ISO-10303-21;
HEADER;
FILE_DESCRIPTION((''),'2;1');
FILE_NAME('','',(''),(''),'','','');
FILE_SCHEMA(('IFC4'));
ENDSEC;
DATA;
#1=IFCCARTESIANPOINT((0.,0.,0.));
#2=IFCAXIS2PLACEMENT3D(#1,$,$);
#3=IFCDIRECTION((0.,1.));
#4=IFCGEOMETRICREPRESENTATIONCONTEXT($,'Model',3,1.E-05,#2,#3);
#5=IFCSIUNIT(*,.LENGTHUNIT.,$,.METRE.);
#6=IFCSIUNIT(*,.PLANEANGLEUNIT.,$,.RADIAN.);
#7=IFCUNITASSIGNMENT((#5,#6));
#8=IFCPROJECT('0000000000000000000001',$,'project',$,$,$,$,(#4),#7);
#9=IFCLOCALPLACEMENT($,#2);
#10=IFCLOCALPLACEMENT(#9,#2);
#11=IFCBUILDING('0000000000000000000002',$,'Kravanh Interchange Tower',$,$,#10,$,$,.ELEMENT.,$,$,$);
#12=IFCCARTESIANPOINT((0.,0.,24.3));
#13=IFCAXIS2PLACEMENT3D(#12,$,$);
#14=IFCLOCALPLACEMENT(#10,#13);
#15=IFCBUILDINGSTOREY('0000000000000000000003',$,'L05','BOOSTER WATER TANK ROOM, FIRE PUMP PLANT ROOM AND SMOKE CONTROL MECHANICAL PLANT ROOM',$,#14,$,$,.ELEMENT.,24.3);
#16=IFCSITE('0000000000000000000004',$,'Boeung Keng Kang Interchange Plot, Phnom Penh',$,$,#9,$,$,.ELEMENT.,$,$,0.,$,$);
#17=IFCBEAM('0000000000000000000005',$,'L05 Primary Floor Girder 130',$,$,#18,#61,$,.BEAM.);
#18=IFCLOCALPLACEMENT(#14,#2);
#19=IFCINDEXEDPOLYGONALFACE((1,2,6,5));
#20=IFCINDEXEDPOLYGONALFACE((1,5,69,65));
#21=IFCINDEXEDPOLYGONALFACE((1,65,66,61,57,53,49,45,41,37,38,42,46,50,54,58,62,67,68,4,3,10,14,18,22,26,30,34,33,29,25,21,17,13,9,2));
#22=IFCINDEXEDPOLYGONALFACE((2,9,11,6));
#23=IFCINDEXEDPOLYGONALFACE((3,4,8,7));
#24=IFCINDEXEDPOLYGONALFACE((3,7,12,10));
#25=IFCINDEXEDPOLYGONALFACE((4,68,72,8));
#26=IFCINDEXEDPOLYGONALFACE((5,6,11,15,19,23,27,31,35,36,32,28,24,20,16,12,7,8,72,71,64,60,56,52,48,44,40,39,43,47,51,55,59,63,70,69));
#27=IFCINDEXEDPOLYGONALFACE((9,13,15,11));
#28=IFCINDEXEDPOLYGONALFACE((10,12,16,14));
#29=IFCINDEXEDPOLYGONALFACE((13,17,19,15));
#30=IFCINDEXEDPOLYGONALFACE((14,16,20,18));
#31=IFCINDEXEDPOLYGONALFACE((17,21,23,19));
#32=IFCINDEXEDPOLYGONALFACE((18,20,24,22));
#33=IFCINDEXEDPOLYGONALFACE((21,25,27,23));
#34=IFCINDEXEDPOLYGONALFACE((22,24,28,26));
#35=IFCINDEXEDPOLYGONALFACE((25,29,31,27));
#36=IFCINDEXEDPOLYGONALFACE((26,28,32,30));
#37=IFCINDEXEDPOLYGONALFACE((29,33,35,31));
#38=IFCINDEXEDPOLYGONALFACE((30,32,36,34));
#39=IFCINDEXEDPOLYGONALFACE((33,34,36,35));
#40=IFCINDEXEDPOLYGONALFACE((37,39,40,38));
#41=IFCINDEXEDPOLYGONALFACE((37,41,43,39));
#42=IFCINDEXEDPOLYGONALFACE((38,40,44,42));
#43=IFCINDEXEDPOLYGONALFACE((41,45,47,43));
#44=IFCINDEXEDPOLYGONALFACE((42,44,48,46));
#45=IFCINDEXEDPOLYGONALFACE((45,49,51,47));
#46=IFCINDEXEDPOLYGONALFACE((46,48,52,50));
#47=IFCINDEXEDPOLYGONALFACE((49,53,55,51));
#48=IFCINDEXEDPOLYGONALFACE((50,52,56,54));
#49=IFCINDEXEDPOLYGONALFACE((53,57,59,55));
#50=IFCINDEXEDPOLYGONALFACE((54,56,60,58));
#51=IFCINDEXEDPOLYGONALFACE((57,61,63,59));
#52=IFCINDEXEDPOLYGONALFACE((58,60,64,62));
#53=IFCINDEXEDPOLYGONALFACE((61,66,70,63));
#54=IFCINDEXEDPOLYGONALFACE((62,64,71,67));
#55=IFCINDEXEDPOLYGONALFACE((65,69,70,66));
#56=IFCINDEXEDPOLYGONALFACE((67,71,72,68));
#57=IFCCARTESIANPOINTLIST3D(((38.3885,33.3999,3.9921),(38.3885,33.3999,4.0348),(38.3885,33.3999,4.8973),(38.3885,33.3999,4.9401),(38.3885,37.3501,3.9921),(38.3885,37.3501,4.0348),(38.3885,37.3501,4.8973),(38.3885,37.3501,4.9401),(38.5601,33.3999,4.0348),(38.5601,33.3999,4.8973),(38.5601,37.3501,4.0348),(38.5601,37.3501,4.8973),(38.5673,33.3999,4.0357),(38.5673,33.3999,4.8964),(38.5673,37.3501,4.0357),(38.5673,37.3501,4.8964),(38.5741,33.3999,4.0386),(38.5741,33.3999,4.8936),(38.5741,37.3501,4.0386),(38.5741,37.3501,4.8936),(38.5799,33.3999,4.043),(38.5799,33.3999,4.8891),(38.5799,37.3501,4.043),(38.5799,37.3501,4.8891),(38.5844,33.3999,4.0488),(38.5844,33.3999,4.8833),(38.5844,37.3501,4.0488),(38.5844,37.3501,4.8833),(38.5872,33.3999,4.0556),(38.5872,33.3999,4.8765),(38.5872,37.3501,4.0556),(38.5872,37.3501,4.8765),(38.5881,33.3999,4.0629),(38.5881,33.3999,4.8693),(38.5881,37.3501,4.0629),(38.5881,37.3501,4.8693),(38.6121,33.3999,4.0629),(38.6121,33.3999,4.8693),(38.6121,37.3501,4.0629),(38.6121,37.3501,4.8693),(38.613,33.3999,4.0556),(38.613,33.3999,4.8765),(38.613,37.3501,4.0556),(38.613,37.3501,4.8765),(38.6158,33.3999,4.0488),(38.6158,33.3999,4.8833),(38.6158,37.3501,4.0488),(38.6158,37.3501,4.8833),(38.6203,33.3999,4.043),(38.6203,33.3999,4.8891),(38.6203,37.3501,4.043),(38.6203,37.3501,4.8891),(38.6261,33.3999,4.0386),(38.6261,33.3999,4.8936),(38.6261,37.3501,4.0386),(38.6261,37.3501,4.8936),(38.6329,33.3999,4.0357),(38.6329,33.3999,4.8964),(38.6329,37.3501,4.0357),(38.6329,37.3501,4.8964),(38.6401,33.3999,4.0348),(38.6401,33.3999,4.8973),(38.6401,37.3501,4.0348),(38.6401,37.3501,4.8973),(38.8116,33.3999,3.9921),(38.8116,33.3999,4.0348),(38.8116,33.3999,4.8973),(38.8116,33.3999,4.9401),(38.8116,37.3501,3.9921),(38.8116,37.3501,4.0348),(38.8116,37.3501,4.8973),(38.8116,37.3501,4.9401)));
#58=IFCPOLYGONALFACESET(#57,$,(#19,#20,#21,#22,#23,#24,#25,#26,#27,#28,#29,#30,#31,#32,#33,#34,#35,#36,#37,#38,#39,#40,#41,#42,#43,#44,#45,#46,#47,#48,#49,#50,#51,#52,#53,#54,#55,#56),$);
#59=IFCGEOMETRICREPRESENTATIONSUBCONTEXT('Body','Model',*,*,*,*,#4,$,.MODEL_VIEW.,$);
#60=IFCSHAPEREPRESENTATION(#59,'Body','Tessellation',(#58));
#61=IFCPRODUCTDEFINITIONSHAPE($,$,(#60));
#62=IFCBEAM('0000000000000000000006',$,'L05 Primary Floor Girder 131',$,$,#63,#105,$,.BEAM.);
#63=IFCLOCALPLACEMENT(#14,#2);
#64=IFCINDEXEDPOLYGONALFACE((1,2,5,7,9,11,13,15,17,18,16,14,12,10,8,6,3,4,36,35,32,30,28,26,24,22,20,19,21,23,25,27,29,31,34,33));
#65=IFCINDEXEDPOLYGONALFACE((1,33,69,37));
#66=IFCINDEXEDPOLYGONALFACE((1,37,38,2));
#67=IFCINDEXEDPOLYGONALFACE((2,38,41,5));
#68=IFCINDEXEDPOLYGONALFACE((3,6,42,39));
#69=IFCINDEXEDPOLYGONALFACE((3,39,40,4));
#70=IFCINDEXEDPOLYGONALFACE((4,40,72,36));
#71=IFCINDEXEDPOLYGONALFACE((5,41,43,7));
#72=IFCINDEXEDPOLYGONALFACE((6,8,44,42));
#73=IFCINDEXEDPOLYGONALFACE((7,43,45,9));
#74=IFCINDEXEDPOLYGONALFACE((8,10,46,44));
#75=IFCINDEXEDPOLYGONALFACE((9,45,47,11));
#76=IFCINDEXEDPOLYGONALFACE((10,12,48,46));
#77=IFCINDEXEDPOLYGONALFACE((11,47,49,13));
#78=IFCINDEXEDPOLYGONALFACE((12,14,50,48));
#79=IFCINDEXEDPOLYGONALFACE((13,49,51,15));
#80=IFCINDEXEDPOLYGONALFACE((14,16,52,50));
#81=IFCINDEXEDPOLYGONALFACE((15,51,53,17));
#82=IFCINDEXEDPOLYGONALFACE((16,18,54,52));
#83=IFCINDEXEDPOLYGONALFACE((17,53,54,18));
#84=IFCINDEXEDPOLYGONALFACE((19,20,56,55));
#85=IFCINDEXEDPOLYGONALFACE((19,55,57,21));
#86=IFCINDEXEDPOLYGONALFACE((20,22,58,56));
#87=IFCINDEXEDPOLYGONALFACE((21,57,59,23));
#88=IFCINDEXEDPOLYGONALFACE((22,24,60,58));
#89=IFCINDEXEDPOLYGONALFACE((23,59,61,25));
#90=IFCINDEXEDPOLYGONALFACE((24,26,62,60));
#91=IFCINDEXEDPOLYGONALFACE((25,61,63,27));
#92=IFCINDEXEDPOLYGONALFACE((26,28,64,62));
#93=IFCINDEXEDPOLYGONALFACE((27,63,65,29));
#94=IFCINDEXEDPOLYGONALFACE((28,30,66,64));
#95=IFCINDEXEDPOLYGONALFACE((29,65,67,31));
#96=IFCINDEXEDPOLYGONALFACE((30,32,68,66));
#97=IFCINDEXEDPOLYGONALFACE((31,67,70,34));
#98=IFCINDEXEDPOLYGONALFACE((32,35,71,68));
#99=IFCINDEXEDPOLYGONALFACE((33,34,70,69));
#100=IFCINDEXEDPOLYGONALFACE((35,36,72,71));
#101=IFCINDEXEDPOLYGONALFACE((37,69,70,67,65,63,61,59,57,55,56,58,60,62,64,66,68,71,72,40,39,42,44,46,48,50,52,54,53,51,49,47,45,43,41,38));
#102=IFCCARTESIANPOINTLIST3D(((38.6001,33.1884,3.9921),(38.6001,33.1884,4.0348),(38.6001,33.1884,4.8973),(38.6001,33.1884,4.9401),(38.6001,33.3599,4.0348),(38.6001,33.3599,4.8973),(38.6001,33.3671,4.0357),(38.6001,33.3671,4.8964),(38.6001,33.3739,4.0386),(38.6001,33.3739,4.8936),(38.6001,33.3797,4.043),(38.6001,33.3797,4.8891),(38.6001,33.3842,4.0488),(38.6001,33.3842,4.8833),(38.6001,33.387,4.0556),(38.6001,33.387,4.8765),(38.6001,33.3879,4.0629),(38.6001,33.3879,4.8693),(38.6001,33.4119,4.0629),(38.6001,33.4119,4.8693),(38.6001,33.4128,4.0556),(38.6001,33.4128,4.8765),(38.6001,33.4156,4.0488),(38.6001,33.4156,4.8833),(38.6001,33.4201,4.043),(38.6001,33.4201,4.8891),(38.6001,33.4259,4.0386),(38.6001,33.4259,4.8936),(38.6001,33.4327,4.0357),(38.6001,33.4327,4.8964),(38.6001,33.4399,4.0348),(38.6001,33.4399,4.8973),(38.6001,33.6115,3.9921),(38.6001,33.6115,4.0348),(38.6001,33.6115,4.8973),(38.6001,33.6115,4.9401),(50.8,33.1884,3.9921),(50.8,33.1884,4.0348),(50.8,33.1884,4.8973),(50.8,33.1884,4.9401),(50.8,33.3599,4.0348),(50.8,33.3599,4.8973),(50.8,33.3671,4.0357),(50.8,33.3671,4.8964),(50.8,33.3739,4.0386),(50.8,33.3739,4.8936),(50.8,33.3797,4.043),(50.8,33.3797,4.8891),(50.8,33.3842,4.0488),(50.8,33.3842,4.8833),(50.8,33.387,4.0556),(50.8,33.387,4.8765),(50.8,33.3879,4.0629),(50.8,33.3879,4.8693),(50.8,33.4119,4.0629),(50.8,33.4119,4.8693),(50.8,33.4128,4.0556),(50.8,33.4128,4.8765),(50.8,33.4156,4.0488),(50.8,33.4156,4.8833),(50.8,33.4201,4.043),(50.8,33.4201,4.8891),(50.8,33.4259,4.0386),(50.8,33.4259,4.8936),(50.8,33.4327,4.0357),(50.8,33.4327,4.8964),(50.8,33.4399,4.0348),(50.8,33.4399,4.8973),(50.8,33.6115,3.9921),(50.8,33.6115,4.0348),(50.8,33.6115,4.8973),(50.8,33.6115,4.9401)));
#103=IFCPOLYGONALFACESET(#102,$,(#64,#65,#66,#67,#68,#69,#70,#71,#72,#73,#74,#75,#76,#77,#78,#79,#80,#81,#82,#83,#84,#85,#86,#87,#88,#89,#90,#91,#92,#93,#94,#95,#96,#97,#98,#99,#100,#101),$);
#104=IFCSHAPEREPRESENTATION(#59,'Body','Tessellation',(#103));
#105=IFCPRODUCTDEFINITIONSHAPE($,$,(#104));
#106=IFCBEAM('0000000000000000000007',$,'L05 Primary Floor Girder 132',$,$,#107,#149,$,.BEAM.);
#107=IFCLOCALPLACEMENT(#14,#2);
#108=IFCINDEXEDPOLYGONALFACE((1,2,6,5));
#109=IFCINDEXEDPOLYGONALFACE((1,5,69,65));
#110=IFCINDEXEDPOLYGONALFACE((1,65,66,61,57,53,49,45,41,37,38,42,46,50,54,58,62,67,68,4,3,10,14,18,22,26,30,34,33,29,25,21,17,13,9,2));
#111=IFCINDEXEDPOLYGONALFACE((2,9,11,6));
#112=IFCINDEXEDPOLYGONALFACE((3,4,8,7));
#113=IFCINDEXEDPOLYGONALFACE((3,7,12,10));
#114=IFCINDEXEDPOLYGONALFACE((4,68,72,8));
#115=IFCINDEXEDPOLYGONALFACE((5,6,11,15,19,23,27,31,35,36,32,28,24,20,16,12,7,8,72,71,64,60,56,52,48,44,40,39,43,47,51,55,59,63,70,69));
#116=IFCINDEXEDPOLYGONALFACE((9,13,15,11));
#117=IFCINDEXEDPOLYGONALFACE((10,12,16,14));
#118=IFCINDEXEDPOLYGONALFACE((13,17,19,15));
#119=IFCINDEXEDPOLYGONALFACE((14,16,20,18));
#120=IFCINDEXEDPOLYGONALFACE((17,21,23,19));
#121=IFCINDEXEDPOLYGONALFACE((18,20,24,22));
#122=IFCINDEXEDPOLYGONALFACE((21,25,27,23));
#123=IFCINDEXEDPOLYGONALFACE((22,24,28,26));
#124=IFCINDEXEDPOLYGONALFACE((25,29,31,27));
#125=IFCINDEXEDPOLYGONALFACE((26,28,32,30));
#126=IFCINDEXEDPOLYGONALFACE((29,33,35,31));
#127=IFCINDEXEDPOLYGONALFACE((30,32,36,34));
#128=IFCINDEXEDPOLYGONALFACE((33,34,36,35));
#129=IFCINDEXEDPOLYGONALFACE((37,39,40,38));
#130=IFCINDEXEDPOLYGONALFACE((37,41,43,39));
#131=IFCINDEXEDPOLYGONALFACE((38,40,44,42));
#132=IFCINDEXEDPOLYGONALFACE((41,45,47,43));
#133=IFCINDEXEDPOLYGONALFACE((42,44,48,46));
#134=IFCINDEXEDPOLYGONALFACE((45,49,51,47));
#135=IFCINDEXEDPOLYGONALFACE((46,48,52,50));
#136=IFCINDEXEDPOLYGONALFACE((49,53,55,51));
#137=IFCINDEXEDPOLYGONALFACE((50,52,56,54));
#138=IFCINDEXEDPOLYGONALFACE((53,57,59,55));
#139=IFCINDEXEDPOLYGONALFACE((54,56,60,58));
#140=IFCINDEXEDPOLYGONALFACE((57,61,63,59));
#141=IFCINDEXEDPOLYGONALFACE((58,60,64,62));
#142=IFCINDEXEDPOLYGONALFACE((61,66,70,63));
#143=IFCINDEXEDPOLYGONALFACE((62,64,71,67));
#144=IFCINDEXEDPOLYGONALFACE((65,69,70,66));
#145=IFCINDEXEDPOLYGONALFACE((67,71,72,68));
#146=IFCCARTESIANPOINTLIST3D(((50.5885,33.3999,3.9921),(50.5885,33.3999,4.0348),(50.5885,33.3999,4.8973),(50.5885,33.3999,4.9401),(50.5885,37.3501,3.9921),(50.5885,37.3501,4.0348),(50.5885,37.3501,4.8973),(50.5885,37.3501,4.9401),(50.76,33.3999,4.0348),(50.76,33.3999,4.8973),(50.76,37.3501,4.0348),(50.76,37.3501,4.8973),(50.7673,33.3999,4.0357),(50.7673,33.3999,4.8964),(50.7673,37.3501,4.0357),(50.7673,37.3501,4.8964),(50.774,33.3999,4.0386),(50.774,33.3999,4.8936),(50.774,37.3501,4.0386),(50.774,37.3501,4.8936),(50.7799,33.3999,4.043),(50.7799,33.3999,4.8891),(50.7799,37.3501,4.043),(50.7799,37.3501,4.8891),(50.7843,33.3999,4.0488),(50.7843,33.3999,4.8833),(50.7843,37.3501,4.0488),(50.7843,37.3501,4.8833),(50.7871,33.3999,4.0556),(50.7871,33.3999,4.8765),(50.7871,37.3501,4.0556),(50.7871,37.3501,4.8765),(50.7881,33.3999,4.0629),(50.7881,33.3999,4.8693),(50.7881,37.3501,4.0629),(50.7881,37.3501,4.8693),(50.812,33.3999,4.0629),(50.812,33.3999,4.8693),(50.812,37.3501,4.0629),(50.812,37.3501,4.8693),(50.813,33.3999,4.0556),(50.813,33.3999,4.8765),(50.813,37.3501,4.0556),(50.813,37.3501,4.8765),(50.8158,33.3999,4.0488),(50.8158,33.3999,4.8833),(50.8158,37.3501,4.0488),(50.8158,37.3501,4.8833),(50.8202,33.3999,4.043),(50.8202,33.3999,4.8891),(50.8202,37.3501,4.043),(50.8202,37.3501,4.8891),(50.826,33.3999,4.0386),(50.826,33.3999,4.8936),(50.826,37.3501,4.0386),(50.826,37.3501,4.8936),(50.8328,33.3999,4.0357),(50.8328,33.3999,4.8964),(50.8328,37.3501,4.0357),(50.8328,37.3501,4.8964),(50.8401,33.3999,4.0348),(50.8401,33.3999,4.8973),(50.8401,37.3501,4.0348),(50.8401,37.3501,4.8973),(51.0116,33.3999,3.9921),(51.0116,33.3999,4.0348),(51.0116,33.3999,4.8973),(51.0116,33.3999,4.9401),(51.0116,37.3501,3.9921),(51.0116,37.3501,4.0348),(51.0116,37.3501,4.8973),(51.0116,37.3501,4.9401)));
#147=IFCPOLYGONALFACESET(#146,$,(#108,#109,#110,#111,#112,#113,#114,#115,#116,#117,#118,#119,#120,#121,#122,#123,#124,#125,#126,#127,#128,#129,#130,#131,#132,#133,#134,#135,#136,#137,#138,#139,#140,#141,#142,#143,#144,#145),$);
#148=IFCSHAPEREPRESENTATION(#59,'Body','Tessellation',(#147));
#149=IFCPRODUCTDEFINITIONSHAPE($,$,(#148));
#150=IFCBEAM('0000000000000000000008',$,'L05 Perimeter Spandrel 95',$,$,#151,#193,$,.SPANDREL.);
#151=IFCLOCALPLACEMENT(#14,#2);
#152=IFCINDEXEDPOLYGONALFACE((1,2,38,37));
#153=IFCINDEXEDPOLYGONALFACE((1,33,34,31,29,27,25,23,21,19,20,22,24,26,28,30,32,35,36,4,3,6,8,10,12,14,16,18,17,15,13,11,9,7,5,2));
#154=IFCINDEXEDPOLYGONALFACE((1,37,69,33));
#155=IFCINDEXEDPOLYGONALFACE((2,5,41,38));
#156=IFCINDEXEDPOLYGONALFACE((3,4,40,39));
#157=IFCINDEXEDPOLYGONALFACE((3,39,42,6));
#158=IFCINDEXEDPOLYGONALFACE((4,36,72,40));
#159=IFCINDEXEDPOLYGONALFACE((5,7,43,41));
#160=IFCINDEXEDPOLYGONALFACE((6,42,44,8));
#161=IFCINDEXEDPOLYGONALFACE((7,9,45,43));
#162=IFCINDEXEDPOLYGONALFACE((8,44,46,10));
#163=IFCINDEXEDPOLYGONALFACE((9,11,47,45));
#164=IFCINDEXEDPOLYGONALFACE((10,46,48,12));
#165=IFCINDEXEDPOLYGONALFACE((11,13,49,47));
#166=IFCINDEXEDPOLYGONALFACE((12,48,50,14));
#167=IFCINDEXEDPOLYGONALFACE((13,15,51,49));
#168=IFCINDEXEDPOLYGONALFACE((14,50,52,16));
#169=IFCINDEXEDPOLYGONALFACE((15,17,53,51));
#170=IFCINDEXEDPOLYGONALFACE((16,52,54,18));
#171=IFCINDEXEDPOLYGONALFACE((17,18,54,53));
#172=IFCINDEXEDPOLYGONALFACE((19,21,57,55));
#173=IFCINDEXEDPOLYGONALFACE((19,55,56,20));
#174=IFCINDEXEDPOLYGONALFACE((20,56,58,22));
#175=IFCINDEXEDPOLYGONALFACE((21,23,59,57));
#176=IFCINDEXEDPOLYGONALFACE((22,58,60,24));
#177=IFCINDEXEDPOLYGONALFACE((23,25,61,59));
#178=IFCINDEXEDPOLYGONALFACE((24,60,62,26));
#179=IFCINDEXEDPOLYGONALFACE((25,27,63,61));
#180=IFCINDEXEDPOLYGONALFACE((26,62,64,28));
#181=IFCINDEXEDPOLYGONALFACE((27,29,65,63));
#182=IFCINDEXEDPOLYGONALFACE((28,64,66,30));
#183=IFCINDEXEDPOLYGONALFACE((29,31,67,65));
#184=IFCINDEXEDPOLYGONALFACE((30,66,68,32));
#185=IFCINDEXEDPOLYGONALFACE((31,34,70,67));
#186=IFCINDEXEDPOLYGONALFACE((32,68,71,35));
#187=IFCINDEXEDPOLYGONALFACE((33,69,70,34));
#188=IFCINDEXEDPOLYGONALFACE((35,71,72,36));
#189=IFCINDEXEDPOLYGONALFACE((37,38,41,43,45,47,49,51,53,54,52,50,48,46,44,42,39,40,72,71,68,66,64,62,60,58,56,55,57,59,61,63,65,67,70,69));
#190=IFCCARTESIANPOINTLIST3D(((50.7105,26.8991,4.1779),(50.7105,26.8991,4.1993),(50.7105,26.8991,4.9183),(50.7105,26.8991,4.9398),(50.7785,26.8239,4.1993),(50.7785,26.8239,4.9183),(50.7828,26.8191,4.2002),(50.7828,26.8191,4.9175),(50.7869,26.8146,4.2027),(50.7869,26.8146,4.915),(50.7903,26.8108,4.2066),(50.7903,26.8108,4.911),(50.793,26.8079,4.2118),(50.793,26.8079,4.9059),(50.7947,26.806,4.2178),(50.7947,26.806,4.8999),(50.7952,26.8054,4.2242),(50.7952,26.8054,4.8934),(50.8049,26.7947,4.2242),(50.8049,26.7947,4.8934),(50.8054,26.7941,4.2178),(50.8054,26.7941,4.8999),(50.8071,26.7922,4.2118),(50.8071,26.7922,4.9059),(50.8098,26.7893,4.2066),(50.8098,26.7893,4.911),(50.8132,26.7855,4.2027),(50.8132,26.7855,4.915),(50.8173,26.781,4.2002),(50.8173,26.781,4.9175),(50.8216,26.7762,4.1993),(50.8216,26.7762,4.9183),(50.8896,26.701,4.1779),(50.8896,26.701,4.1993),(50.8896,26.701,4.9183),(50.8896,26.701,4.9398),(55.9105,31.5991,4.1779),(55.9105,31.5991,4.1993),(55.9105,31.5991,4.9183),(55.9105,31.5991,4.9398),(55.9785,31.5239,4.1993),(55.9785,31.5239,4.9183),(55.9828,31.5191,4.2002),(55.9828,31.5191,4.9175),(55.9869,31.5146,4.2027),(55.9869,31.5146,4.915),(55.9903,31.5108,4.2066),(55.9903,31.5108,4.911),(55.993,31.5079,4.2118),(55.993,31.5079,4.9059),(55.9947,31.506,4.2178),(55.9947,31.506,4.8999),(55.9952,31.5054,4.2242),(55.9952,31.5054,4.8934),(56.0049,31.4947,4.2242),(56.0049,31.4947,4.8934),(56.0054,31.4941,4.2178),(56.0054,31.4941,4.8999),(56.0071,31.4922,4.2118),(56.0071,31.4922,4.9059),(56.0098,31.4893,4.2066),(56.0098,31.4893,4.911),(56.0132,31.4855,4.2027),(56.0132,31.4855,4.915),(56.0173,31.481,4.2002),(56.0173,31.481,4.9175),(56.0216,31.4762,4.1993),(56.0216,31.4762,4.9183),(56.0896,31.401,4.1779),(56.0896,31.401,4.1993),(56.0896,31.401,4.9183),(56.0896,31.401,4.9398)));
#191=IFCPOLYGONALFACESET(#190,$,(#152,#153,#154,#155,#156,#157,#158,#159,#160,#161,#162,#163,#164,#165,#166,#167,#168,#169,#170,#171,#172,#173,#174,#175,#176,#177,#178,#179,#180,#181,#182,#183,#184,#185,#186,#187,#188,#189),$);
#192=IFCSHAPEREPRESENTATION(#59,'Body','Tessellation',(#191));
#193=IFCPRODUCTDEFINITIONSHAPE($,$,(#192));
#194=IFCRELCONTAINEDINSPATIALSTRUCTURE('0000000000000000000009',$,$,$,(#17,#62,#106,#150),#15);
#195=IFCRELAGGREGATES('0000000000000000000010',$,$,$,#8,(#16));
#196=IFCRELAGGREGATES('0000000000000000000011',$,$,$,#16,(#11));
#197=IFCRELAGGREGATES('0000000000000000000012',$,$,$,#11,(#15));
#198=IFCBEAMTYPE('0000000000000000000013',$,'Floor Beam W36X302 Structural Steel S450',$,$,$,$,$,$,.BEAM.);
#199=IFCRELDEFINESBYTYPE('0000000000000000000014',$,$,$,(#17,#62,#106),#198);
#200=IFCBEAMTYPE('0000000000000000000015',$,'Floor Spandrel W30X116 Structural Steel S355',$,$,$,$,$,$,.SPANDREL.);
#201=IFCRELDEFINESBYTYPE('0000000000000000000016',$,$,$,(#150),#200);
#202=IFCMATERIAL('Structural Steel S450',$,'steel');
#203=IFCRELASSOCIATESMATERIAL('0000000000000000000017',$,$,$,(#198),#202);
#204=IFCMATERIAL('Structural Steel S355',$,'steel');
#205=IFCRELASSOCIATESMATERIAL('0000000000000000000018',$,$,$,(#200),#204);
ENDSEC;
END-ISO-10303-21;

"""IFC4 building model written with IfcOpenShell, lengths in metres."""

from ifc_helpers import new_model, si_unit, direction, frame, origin, origin_2d, place, context, subcontext, project, spatial, i_section, extrude, material, material_profile, profile_set, type_object, element, save


model = new_model("IFC4")

# Units and contexts
model_context = context("Model", 3, precision=1e-05, world=origin(), true_north=direction((0.0, 1.0)))
body_context = subcontext(model_context, "Body", "Model", "MODEL_VIEW")
ifc_project = project(units=[si_unit("LENGTHUNIT", "METRE"), si_unit("PLANEANGLEUNIT", "RADIAN")], contexts=[model_context])

# Site, building, storey
site_placement = place(None, origin())
site = spatial("IfcSite", under=ifc_project, at=site_placement, Name="Boeung Keng Kang Interchange Plot, Phnom Penh", CompositionType="ELEMENT", RefElevation=0.0)
building_placement = place(site_placement, origin())
building = spatial("IfcBuilding", under=site, at=building_placement, Name="Kravanh Interchange Tower", CompositionType="ELEMENT")
storey_placement = place(building_placement, frame((0.0, 0.0, 24.3)))
storey = spatial("IfcBuildingStorey", under=building, at=storey_placement, Name="L05", Description="BOOSTER WATER TANK ROOM, FIRE PUMP PLANT ROOM AND SMOKE CONTROL MECHANICAL PLANT ROOM", CompositionType="ELEMENT", Elevation=24.3)

# Beams
ifc_material_1 = material(Name="Structural Steel S450", Category="steel")
ifc_material_profile_1 = material_profile(ifc_material_1, i_section(OverallWidth=0.4231, OverallDepth=0.948, WebThickness=0.0239, FlangeThickness=0.0427, FilletRadius=0.0281, at=origin_2d()), Name="W36X302")
ifc_profile_set_1 = profile_set([ifc_material_profile_1], Name="Structural Steel S450")
beam_type_1 = type_object("IfcBeamType", Name="Floor Beam W36X302 Structural Steel S450", PredefinedType="BEAM", material=ifc_profile_set_1)
beam_1_placement = place(storey_placement, frame((38.6001, 33.3999, 4.4661), z_axis=(0.0, 1.0, 0.0), x_axis=(-1.0, 0.0, 0.0)))
element("IfcBeam", 1, at=beam_1_placement, inside=storey, type_object=beam_type_1, Name="L05 Primary Floor Girder 130", PredefinedType="BEAM", context=body_context, shape_type="SweptSolid", body=[
    extrude(i_section(OverallWidth=0.4231, OverallDepth=0.948, WebThickness=0.0239, FlangeThickness=0.0427, FilletRadius=0.0281, at=origin_2d()), origin(), (0.0, 0.0, 1.0), 3.9502),
])
beam_2_placement = place(storey_placement, frame((38.6001, 33.3999, 4.4661), z_axis=(1.0, 0.0, 0.0), x_axis=(0.0, 1.0, 0.0)))
element("IfcBeam", 2, at=beam_2_placement, inside=storey, type_object=beam_type_1, Name="L05 Primary Floor Girder 131", PredefinedType="BEAM", context=body_context, shape_type="SweptSolid", body=[
    extrude(i_section(OverallWidth=0.4231, OverallDepth=0.948, WebThickness=0.0239, FlangeThickness=0.0427, FilletRadius=0.0281, at=origin_2d()), origin(), (0.0, 0.0, 1.0), 12.2),
])
beam_3_placement = place(storey_placement, frame((50.8, 33.3999, 4.4661), z_axis=(0.0, 1.0, 0.0), x_axis=(-1.0, 0.0, 0.0)))
element("IfcBeam", 3, at=beam_3_placement, inside=storey, type_object=beam_type_1, Name="L05 Primary Floor Girder 132", PredefinedType="BEAM", context=body_context, shape_type="SweptSolid", body=[
    extrude(i_section(OverallWidth=0.4231, OverallDepth=0.948, WebThickness=0.0239, FlangeThickness=0.0427, FilletRadius=0.0281, at=origin_2d()), origin(), (0.0, 0.0, 1.0), 3.9502),
])
ifc_material_2 = material(Name="Structural Steel S355", Category="steel")
ifc_material_profile_2 = material_profile(ifc_material_2, i_section(OverallWidth=0.2671, OverallDepth=0.762, WebThickness=0.0144, FlangeThickness=0.0215, FilletRadius=0.0249, at=origin_2d()), Name="W30X116")
ifc_profile_set_2 = profile_set([ifc_material_profile_2], Name="Structural Steel S355")
beam_type_2 = type_object("IfcBeamType", Name="Floor Spandrel W30X116 Structural Steel S355", PredefinedType="SPANDREL", material=ifc_profile_set_2)
beam_4_placement = place(storey_placement, frame((50.8, 26.8, 4.5588), z_axis=(0.741874, 0.670539, 0.0), x_axis=(-0.670539, 0.741874, 0.0)))
element("IfcBeam", 4, at=beam_4_placement, inside=storey, type_object=beam_type_2, Name="L05 Perimeter Spandrel 95", PredefinedType="SPANDREL", context=body_context, shape_type="SweptSolid", body=[
    extrude(i_section(OverallWidth=0.2671, OverallDepth=0.762, WebThickness=0.0144, FlangeThickness=0.0215, FilletRadius=0.0249, at=origin_2d()), origin(), (0.0, 0.0, 1.0), 7.0093),
])

save(model, "model.ifc")
